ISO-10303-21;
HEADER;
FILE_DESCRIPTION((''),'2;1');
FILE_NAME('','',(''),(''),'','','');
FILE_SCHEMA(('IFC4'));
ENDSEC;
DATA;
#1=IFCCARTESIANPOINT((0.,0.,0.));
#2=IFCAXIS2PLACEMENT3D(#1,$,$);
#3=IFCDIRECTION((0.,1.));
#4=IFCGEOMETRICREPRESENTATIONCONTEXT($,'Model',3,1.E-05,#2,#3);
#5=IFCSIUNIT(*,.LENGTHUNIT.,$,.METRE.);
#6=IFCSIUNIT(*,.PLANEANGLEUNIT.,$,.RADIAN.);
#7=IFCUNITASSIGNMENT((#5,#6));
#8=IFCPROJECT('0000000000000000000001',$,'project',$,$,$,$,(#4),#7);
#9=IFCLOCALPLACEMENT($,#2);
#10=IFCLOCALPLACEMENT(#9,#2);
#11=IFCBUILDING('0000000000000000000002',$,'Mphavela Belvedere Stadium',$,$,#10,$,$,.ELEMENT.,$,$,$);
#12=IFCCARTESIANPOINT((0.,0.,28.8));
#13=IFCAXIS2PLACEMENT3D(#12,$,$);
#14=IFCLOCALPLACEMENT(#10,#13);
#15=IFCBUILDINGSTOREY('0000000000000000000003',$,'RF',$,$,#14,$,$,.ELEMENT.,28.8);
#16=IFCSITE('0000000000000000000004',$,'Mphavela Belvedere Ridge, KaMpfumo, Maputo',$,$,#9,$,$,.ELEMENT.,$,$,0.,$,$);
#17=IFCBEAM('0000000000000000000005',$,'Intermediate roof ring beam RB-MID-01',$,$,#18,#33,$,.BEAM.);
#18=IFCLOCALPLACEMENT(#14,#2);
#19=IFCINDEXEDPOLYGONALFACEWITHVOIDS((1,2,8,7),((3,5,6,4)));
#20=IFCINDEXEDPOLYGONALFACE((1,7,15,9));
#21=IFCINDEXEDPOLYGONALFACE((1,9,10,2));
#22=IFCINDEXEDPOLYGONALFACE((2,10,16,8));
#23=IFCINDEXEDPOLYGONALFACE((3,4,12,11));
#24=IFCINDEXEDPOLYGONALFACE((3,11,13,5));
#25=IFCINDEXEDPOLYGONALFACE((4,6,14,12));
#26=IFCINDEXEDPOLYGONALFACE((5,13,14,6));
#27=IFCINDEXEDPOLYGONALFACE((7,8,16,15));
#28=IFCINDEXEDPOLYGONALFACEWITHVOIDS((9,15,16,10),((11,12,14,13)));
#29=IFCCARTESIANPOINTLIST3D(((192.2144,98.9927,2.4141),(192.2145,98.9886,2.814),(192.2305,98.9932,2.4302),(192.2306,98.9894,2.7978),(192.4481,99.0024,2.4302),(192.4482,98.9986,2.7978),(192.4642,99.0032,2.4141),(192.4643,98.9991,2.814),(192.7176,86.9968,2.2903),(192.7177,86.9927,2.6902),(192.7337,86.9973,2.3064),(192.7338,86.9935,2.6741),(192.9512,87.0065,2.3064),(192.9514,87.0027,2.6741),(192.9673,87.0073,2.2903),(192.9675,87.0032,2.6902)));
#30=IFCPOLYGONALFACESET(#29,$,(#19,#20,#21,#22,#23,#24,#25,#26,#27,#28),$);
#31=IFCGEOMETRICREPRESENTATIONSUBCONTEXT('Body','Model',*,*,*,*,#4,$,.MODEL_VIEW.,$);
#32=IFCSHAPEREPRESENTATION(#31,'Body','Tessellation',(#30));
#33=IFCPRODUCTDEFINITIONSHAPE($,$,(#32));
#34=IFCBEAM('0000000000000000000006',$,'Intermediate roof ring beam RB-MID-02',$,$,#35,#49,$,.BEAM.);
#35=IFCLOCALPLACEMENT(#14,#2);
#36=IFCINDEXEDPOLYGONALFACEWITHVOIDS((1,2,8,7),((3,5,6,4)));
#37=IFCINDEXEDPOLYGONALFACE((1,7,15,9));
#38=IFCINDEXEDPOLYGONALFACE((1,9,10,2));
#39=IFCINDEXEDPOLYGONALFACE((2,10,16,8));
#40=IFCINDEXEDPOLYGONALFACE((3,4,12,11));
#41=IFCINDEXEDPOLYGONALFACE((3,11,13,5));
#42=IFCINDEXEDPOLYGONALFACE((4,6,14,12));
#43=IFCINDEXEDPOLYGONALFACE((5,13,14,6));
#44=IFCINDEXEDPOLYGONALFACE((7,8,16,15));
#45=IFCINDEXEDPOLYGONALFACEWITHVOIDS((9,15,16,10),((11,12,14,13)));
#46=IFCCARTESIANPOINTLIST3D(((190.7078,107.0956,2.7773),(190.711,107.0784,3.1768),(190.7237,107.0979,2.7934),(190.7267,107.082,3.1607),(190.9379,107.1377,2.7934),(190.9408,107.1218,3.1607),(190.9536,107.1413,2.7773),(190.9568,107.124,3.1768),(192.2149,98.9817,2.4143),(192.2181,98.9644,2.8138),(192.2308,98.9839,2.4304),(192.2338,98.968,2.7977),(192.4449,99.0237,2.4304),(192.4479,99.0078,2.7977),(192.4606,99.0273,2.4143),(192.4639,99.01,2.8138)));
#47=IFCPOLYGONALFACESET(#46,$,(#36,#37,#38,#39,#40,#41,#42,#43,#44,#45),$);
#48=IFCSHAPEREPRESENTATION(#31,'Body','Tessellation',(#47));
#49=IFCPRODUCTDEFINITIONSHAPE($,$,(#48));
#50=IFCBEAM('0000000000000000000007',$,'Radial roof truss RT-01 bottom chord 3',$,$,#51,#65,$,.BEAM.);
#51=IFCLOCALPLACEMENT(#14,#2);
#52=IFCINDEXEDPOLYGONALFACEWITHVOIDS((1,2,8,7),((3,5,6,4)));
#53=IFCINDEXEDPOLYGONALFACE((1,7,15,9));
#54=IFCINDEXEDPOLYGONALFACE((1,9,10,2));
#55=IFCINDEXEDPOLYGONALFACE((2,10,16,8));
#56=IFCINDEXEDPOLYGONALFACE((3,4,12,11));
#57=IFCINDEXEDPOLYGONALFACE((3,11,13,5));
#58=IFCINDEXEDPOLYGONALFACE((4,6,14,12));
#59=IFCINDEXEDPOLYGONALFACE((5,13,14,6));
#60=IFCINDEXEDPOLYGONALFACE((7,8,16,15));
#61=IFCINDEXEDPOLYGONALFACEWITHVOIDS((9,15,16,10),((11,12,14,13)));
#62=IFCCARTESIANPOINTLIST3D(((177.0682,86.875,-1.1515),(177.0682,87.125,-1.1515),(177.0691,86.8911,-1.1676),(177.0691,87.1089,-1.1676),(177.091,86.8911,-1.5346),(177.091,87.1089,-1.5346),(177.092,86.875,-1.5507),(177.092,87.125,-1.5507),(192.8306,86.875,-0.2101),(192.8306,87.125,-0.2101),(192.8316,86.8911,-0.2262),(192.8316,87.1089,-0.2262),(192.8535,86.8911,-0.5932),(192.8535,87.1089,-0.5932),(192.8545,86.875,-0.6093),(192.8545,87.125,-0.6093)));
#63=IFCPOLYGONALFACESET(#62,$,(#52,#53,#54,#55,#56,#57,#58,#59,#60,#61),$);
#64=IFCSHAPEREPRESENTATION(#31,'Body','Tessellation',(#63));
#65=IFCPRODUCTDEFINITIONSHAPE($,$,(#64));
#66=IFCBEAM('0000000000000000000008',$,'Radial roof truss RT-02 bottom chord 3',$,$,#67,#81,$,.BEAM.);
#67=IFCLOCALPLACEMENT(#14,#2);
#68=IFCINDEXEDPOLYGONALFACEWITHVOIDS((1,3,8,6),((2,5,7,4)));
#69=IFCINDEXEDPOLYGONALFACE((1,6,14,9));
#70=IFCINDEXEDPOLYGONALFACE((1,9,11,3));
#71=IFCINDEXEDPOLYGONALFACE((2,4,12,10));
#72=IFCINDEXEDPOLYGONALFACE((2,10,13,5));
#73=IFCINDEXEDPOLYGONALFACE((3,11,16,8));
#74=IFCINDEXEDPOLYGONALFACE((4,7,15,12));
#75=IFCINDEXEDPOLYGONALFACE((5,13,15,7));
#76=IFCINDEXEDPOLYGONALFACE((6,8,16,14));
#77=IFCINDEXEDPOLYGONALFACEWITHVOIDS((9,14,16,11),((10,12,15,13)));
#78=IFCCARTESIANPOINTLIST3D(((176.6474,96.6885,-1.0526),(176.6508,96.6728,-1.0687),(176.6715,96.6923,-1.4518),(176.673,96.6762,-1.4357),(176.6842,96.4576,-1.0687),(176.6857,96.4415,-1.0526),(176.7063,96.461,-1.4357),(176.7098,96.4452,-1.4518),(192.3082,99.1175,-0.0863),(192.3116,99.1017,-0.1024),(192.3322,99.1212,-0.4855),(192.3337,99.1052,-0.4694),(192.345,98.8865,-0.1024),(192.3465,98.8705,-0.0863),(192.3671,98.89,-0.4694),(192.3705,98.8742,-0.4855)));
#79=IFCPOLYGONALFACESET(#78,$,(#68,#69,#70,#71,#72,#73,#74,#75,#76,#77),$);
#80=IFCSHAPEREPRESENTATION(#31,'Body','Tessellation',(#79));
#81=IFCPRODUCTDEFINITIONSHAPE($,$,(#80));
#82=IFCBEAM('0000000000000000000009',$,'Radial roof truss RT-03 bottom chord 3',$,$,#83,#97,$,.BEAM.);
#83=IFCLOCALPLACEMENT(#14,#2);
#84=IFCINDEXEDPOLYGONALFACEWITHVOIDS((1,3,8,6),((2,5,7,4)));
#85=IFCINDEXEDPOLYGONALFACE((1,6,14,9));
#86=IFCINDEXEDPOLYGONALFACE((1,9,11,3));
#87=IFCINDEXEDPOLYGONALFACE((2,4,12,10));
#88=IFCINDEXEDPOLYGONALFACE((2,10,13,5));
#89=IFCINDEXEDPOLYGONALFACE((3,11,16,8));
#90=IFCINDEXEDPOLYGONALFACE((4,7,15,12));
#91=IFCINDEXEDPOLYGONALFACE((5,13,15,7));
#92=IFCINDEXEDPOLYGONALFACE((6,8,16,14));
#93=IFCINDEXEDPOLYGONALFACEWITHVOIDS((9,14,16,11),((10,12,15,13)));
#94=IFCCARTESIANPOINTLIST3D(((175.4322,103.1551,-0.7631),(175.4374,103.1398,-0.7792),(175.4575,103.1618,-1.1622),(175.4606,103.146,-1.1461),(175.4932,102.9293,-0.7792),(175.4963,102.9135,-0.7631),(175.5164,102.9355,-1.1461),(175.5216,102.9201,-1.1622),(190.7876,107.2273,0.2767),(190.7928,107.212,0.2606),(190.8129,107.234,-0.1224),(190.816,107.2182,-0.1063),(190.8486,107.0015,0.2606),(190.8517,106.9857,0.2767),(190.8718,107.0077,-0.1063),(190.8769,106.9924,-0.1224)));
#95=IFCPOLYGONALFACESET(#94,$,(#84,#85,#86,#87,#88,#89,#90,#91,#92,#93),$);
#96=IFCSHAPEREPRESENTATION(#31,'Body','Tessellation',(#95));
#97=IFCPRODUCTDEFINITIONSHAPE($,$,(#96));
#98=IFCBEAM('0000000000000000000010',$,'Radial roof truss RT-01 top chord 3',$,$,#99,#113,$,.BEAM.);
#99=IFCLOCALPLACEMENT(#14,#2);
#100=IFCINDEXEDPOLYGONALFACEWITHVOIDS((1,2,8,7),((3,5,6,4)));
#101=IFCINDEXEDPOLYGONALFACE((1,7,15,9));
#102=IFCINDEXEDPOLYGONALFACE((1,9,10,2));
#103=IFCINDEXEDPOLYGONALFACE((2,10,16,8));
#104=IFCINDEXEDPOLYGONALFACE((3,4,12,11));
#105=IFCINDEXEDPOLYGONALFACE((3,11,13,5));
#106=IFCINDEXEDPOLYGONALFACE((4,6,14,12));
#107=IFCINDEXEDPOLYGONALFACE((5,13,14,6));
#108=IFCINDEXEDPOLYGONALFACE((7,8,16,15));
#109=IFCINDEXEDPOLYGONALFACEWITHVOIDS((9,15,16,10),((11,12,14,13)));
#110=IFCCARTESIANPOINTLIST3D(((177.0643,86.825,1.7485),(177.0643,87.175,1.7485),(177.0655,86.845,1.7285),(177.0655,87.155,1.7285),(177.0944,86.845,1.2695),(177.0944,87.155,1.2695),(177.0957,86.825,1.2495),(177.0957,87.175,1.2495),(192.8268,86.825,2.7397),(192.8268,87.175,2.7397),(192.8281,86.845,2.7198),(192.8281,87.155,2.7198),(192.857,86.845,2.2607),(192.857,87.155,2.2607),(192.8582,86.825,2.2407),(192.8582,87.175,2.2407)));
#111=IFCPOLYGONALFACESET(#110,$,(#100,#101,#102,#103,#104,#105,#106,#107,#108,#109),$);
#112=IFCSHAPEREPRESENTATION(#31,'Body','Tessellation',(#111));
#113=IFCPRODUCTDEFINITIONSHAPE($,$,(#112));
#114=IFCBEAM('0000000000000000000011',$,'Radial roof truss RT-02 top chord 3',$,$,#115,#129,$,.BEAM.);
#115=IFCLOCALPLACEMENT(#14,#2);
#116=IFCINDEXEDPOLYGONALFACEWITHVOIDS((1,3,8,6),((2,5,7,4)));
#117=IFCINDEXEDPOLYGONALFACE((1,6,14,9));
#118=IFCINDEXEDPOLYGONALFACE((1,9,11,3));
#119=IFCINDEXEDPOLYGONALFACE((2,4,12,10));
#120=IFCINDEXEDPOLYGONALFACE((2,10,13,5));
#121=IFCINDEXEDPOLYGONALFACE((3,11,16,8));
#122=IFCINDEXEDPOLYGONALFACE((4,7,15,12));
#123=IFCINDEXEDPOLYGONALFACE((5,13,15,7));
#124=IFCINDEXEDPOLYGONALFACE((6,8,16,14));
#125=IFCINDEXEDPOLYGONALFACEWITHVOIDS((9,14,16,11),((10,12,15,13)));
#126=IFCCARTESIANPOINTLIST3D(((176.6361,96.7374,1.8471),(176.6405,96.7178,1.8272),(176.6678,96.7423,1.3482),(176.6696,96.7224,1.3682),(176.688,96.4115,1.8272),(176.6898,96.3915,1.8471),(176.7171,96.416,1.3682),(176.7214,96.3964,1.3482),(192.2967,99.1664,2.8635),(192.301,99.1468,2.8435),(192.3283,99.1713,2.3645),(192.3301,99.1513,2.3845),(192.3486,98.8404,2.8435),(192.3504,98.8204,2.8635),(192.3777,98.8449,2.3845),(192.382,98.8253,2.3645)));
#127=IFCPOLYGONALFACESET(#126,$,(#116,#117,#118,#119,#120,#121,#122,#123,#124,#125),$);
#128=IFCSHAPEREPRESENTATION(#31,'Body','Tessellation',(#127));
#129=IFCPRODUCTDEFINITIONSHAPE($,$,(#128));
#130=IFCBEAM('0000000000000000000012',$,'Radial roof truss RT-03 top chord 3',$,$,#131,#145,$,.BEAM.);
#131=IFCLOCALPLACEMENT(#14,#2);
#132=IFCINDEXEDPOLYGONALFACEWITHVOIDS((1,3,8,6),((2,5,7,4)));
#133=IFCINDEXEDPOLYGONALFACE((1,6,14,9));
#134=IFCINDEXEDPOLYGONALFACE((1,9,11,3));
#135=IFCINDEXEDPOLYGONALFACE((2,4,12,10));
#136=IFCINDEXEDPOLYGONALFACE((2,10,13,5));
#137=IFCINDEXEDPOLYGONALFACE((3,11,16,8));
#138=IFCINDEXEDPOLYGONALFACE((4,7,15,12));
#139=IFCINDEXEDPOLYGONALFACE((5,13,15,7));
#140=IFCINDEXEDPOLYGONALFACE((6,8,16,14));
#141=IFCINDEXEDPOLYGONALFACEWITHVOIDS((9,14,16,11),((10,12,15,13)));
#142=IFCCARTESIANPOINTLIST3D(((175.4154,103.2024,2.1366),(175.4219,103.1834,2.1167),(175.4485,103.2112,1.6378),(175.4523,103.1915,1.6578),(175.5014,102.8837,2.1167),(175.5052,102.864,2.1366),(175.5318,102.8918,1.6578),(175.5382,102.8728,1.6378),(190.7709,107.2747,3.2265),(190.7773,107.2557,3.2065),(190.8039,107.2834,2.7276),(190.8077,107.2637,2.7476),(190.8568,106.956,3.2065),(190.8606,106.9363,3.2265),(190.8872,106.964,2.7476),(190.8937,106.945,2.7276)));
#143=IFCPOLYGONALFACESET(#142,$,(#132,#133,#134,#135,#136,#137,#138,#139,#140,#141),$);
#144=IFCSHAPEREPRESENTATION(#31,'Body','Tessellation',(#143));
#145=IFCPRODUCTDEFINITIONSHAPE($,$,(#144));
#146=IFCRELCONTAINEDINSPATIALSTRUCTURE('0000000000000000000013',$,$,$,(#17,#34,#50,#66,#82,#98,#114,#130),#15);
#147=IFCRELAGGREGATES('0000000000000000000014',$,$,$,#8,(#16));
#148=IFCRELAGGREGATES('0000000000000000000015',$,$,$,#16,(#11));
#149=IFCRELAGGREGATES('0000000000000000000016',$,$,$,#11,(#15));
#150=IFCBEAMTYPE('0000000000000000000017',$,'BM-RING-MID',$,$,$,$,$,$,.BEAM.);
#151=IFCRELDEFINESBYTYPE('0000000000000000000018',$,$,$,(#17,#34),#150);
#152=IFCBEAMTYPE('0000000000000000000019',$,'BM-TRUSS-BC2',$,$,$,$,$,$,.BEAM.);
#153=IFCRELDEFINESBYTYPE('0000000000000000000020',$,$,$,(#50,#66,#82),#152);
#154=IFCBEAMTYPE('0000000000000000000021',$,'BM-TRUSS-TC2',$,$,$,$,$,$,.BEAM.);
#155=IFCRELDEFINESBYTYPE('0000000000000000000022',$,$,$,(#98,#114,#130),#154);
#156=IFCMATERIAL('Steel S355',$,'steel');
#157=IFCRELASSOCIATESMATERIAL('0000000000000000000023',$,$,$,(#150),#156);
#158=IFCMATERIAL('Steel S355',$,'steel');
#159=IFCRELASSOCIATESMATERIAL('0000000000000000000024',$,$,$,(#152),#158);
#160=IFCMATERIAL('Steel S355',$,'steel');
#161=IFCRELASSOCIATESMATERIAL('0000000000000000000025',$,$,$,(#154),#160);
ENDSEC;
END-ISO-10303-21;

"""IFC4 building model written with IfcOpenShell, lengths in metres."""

from ifc_helpers import new_model, si_unit, direction, frame, origin, origin_2d, place, context, subcontext, project, spatial, hollow_rectangle, extrude, material, material_profile, profile_set, type_object, element, save


model = new_model("IFC4")

# Units and contexts
model_context = context("Model", 3, precision=1e-05, world=origin(), true_north=direction((0.0, 1.0)))
body_context = subcontext(model_context, "Body", "Model", "MODEL_VIEW")
ifc_project = project(units=[si_unit("LENGTHUNIT", "METRE"), si_unit("PLANEANGLEUNIT", "RADIAN")], contexts=[model_context])

# Site, building, storey
site_placement = place(None, origin())
site = spatial("IfcSite", under=ifc_project, at=site_placement, Name="Mphavela Belvedere Ridge, KaMpfumo, Maputo", CompositionType="ELEMENT", RefElevation=0.0)
building_placement = place(site_placement, origin())
building = spatial("IfcBuilding", under=site, at=building_placement, Name="Mphavela Belvedere Stadium", CompositionType="ELEMENT")
storey_placement = place(building_placement, frame((0.0, 0.0, 28.8)))
storey = spatial("IfcBuildingStorey", under=building, at=storey_placement, Name="RF", CompositionType="ELEMENT", Elevation=28.8)

# Beams
ifc_material_1 = material(Name="Steel S355", Category="steel")
ifc_material_profile_1 = material_profile(ifc_material_1, hollow_rectangle(XDim=0.25, YDim=0.3999, WallThickness=0.0161, at=origin_2d()), Name="RHS 400x250x16")
ifc_profile_set_1 = profile_set([ifc_material_profile_1], Name="Steel S355")
beam_type_1 = type_object("IfcBeamType", Name="BM-RING-MID", PredefinedType="BEAM", material=ifc_profile_set_1)
beam_1_placement = place(storey_placement, frame((192.8425, 87.0, 2.4902), z_axis=(-0.041907, 0.999068, 0.010309), x_axis=(-0.999121, -0.041909, 0.0)))
element("IfcBeam", 1, at=beam_1_placement, inside=storey, type_object=beam_type_1, Name="Intermediate roof ring beam RB-MID-01", PredefinedType="BEAM", context=body_context, shape_type="SweptSolid", body=[
    extrude(hollow_rectangle(XDim=0.25, YDim=0.3999, WallThickness=0.0161, at=origin_2d()), origin(), (0.0, 0.0, 1.0), 12.0071),
])
beam_2_placement = place(storey_placement, frame((192.3394, 98.9958, 2.614), z_axis=(-0.182438, 0.982235, 0.043947), x_axis=(-0.983185, -0.182615, 0.0)))
element("IfcBeam", 2, at=beam_2_placement, inside=storey, type_object=beam_type_1, Name="Intermediate roof ring beam RB-MID-02", PredefinedType="BEAM", context=body_context, shape_type="SweptSolid", body=[
    extrude(hollow_rectangle(XDim=0.25, YDim=0.3999, WallThickness=0.0161, at=origin_2d()), origin(), (0.0, 0.0, 1.0), 8.2607),
])
ifc_material_2 = material(Name="Steel S355", Category="steel")
ifc_material_profile_2 = material_profile(ifc_material_2, hollow_rectangle(XDim=0.25, YDim=0.3999, WallThickness=0.0161, at=origin_2d()), Name="RHS 400x250x16")
ifc_profile_set_2 = profile_set([ifc_material_profile_2], Name="Steel S355")
beam_type_2 = type_object("IfcBeamType", Name="BM-TRUSS-BC2", PredefinedType="BEAM", material=ifc_profile_set_2)
beam_3_placement = place(storey_placement, frame((192.8425, 87.0, -0.4097), z_axis=(-0.998221, 0.0, -0.059618), x_axis=(0.0, -1.0, 0.0)))
element("IfcBeam", 3, at=beam_3_placement, inside=storey, type_object=beam_type_2, Name="Radial roof truss RT-01 bottom chord 3", PredefinedType="BEAM", context=body_context, shape_type="SweptSolid", body=[
    extrude(hollow_rectangle(XDim=0.25, YDim=0.3999, WallThickness=0.0161, at=origin_2d()), origin(), (0.0, 0.0, 1.0), 15.7905),
])
beam_4_placement = place(storey_placement, frame((192.3394, 98.9958, -0.2859), z_axis=(-0.986353, -0.152983, -0.060861), x_axis=(0.153267, -0.988185, 0.0)))
element("IfcBeam", 4, at=beam_4_placement, inside=storey, type_object=beam_type_2, Name="Radial roof truss RT-02 bottom chord 3", PredefinedType="BEAM", context=body_context, shape_type="SweptSolid", body=[
    extrude(hollow_rectangle(XDim=0.25, YDim=0.3999, WallThickness=0.0161, at=origin_2d()), origin(), (0.0, 0.0, 1.0), 15.8774),
])
beam_5_placement = place(storey_placement, frame((190.8323, 107.1099, 0.0771), z_axis=(-0.964523, -0.255791, -0.065313), x_axis=(0.256339, -0.966587, 0.0)))
element("IfcBeam", 5, at=beam_5_placement, inside=storey, type_object=beam_type_2, Name="Radial roof truss RT-03 bottom chord 3", PredefinedType="BEAM", context=body_context, shape_type="SweptSolid", body=[
    extrude(hollow_rectangle(XDim=0.25, YDim=0.3999, WallThickness=0.0161, at=origin_2d()), origin(), (0.0, 0.0, 1.0), 15.9202),
])
ifc_material_3 = material(Name="Steel S355", Category="steel")
ifc_material_profile_3 = material_profile(ifc_material_3, hollow_rectangle(XDim=0.3501, YDim=0.5, WallThickness=0.02, at=origin_2d()), Name="RHS 500x350x20")
ifc_profile_set_3 = profile_set([ifc_material_profile_3], Name="Steel S355")
beam_type_3 = type_object("IfcBeamType", Name="BM-TRUSS-TC2", PredefinedType="BEAM", material=ifc_profile_set_3)
beam_6_placement = place(storey_placement, frame((192.8425, 87.0, 2.4902), z_axis=(-0.998029, 0.0, -0.06276), x_axis=(0.0, -1.0, 0.0)))
element("IfcBeam", 6, at=beam_6_placement, inside=storey, type_object=beam_type_3, Name="Radial roof truss RT-01 top chord 3", PredefinedType="BEAM", context=body_context, shape_type="SweptSolid", body=[
    extrude(hollow_rectangle(XDim=0.3501, YDim=0.5, WallThickness=0.02, at=origin_2d()), origin(), (0.0, 0.0, 1.0), 15.7937),
])
beam_7_placement = place(storey_placement, frame((192.3394, 98.9958, 2.614), z_axis=(-0.986159, -0.152953, -0.064001), x_axis=(0.153267, -0.988185, 0.0)))
element("IfcBeam", 7, at=beam_7_placement, inside=storey, type_object=beam_type_3, Name="Radial roof truss RT-02 top chord 3", PredefinedType="BEAM", context=body_context, shape_type="SweptSolid", body=[
    extrude(hollow_rectangle(XDim=0.3501, YDim=0.5, WallThickness=0.02, at=origin_2d()), origin(), (0.0, 0.0, 1.0), 15.8804),
])
beam_8_placement = place(storey_placement, frame((190.8323, 107.1099, 2.9771), z_axis=(-0.96432, -0.255738, -0.068442), x_axis=(0.256339, -0.966587, 0.0)))
element("IfcBeam", 8, at=beam_8_placement, inside=storey, type_object=beam_type_3, Name="Radial roof truss RT-03 top chord 3", PredefinedType="BEAM", context=body_context, shape_type="SweptSolid", body=[
    extrude(hollow_rectangle(XDim=0.3501, YDim=0.5, WallThickness=0.02, at=origin_2d()), origin(), (0.0, 0.0, 1.0), 15.9236),
])

save(model, "model.ifc")
